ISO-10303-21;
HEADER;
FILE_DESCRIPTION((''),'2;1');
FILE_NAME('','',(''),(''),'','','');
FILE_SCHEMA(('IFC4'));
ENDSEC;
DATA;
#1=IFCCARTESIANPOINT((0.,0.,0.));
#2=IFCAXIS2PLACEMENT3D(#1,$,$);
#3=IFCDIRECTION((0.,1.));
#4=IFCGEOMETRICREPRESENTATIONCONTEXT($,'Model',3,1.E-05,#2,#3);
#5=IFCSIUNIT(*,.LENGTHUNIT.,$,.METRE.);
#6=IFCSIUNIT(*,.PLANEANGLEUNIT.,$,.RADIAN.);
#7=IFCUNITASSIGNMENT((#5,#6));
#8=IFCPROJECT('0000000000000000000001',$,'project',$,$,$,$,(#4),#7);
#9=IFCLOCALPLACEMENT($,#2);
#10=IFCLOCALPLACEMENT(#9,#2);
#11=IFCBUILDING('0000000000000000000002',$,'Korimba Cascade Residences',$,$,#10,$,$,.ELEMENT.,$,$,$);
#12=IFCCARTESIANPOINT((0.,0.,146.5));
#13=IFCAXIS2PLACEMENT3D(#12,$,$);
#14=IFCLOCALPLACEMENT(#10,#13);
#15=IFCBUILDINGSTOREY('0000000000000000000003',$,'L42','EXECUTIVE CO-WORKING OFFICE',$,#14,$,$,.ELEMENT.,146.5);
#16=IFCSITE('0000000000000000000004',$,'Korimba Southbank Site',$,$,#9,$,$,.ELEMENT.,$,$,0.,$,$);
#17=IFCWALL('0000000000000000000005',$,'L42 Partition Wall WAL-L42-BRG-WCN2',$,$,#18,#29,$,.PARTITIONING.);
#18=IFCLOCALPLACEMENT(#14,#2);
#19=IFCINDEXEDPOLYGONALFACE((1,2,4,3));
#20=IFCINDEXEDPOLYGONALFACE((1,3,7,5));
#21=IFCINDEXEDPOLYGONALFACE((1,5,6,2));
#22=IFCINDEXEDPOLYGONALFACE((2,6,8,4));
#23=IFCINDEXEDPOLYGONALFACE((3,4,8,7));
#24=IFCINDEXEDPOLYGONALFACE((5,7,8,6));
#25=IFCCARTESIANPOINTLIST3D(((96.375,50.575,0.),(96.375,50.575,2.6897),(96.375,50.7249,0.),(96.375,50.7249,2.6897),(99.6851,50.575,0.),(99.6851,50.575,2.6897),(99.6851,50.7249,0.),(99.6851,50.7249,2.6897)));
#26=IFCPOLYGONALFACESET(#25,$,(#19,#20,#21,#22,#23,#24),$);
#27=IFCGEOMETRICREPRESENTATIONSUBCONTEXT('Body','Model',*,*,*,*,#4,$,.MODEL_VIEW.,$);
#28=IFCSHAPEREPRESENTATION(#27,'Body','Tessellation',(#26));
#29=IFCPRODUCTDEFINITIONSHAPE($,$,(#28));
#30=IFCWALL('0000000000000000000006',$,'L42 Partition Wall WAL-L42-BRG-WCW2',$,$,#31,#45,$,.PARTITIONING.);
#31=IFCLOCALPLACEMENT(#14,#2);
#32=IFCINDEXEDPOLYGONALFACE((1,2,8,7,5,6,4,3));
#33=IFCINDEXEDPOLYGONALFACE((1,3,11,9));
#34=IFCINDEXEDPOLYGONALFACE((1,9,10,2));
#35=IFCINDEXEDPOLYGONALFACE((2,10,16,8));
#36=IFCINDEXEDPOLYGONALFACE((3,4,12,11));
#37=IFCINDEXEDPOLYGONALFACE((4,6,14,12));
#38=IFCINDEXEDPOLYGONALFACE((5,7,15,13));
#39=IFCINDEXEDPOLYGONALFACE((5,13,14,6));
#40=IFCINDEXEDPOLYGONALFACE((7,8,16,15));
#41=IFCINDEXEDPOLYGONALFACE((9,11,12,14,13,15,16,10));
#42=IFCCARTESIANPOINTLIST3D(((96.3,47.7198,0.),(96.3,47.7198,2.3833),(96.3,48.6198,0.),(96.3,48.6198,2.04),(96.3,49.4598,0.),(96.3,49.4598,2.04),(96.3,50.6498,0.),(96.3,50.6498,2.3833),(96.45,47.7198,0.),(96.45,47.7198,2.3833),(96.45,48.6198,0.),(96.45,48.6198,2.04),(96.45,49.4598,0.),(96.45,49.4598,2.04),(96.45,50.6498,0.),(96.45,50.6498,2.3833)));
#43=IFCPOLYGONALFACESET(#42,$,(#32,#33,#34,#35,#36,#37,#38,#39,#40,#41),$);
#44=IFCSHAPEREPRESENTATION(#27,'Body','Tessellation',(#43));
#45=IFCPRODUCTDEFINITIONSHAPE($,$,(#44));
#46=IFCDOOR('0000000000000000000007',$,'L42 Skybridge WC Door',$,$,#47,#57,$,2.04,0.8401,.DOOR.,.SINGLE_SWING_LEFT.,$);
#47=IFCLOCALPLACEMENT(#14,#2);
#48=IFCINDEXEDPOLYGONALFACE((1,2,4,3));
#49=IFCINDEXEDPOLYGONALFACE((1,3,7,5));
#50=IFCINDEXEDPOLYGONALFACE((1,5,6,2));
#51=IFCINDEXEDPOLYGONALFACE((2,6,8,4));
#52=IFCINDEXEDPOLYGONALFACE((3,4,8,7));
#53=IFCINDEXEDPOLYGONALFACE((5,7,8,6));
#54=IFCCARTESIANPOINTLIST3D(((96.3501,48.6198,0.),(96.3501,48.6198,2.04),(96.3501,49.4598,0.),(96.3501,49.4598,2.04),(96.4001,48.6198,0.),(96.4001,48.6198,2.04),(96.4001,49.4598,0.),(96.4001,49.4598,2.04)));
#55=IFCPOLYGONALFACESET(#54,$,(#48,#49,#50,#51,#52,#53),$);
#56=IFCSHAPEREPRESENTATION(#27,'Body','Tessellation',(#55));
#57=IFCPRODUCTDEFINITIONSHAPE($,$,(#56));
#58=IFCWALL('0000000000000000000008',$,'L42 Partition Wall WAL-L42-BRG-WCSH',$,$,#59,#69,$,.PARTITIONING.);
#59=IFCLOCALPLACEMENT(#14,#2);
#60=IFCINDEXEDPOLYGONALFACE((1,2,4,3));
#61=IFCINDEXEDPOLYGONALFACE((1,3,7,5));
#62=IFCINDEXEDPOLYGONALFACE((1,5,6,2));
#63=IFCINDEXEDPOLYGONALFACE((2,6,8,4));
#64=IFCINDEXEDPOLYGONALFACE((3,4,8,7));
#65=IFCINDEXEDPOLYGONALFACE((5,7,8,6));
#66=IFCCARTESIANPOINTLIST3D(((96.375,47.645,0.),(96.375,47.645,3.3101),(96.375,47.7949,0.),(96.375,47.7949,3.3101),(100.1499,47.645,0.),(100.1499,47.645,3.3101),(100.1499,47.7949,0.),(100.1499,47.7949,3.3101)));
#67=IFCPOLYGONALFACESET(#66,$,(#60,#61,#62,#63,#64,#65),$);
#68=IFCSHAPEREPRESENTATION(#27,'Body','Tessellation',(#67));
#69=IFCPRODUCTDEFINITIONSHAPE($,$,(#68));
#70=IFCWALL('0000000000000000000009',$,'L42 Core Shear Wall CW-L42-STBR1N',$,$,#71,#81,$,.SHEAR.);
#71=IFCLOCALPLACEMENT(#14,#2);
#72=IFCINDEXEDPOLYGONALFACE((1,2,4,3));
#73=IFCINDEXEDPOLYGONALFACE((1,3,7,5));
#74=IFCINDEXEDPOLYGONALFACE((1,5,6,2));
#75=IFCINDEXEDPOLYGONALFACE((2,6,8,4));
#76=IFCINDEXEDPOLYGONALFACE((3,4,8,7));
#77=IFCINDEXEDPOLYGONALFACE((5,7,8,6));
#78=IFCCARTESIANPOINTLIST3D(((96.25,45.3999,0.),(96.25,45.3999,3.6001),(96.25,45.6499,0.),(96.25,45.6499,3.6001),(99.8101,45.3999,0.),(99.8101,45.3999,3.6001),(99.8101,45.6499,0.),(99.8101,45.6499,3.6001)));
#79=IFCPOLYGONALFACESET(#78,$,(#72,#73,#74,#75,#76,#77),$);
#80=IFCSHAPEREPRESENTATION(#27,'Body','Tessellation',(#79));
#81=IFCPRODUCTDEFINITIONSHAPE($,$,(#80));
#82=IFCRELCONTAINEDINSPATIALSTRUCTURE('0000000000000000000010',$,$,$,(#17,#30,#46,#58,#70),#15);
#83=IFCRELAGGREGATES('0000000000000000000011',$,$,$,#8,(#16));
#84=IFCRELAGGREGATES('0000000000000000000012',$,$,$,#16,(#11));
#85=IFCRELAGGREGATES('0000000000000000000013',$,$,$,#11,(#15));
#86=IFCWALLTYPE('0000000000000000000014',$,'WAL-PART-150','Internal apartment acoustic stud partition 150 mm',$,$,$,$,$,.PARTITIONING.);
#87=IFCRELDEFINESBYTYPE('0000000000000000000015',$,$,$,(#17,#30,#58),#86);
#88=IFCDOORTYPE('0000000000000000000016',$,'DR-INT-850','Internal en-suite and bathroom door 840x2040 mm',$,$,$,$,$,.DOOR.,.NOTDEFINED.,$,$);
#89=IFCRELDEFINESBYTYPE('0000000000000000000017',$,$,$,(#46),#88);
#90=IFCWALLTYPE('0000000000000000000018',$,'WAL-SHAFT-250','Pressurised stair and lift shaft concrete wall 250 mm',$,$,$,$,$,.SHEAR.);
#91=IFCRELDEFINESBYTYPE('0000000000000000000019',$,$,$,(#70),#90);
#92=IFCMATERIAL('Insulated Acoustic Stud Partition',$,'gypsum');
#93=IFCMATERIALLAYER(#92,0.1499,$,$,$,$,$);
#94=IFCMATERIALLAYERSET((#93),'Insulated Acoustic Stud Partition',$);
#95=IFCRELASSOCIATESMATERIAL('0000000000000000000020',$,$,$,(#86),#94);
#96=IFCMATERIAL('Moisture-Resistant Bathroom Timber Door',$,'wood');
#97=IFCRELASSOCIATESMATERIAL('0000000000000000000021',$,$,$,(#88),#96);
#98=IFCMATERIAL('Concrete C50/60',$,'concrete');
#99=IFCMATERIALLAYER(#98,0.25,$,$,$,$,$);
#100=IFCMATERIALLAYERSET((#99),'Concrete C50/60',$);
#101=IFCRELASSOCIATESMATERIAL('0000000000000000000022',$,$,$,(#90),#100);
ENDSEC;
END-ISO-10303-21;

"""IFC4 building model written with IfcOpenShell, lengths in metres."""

from ifc_helpers import new_model, si_unit, direction, frame, frame_2d, origin, place, context, subcontext, project, spatial, rectangle, extrude, material, layer, layer_set, type_object, element, fill, save


model = new_model("IFC4")

# Units and contexts
model_context = context("Model", 3, precision=1e-05, world=origin(), true_north=direction((0.0, 1.0)))
body_context = subcontext(model_context, "Body", "Model", "MODEL_VIEW")
ifc_project = project(units=[si_unit("LENGTHUNIT", "METRE"), si_unit("PLANEANGLEUNIT", "RADIAN")], contexts=[model_context])

# Site, building, storey
site_placement = place(None, origin())
site = spatial("IfcSite", under=ifc_project, at=site_placement, Name="Korimba Southbank Site", CompositionType="ELEMENT", RefElevation=0.0)
building_placement = place(site_placement, origin())
building = spatial("IfcBuilding", under=site, at=building_placement, Name="Korimba Cascade Residences", CompositionType="ELEMENT")
storey_placement = place(building_placement, frame((0.0, 0.0, 146.5)))
storey = spatial("IfcBuildingStorey", under=building, at=storey_placement, Name="L42", Description="EXECUTIVE CO-WORKING OFFICE", CompositionType="ELEMENT", Elevation=146.5)

# Wall
ifc_material_1 = material(Name="Insulated Acoustic Stud Partition", Category="gypsum")
ifc_layer_1 = layer(ifc_material_1, 0.1499)
ifc_layer_set_1 = layer_set([ifc_layer_1], Name="Insulated Acoustic Stud Partition")
wall_type_1 = type_object("IfcWallType", Name="WAL-PART-150", Description="Internal apartment acoustic stud partition 150 mm", PredefinedType="PARTITIONING", material=ifc_layer_set_1)
wall_1_placement = place(storey_placement, frame((96.375, 50.6499, 0.0), z_axis=(0.0, 0.0, 1.0), x_axis=(1.0, 0.0, 0.0)))
element("IfcWall", 1, at=wall_1_placement, inside=storey, type_object=wall_type_1, Name="L42 Partition Wall WAL-L42-BRG-WCN2", PredefinedType="PARTITIONING", context=body_context, shape_type="SweptSolid", body=[
    extrude(rectangle(XDim=3.3101, YDim=0.1499, at=frame_2d((1.655, 0.0))), origin(), (0.0, 0.0, 1.0), 2.6897),
])

# Wall, opening, door
wall_2_placement = place(storey_placement, frame((96.375, 47.72, 0.0), z_axis=(0.0, 0.0, 1.0), x_axis=(0.0, 1.0, 0.0)))
wall_2 = element("IfcWall", 2, at=wall_2_placement, inside=storey, type_object=wall_type_1, Name="L42 Partition Wall WAL-L42-BRG-WCW2", PredefinedType="PARTITIONING", context=body_context, shape_type="SweptSolid", body=[
    extrude(rectangle(XDim=2.9299, YDim=0.1499, at=frame_2d((1.4648, 0.0))), origin(), (0.0, 0.0, 1.0), 2.3833),
])
opening_placement = place(wall_2_placement, frame((0.8999, 0.0, 0.0)))
opening = element("IfcOpeningElement", 3, at=opening_placement, cuts=wall_2, PredefinedType="OPENING", context=body_context, shape_type="SweptSolid", body=[
    extrude(rectangle(XDim=0.8401, YDim=2.04, at=frame_2d((0.4199, 1.02))), frame((0.0, 0.085, 0.0), z_axis=(0.0, -1.0, 0.0), x_axis=(1.0, 0.0, 0.0)), (0.0, 0.0, 1.0), 0.1699),
])
ifc_material_2 = material(Name="Moisture-Resistant Bathroom Timber Door", Category="wood")
door_type = type_object("IfcDoorType", Name="DR-INT-850", Description="Internal en-suite and bathroom door 840x2040 mm", OperationType="NOTDEFINED", PredefinedType="DOOR", material=ifc_material_2)
door_placement = place(opening_placement, origin())
door = element("IfcDoor", 4, at=door_placement, inside=storey, type_object=door_type, Name="L42 Skybridge WC Door", OperationType="SINGLE_SWING_LEFT", OverallHeight=2.04, OverallWidth=0.8401, PredefinedType="DOOR", context=body_context, shape_type="SweptSolid", body=[
    extrude(rectangle(XDim=0.8401, YDim=2.04, at=frame_2d((0.4199, 1.02))), frame((0.0, 0.0249, 0.0), z_axis=(0.0, -1.0, 0.0), x_axis=(1.0, 0.0, 0.0)), (0.0, 0.0, 1.0), 0.05),
])
fill(opening, door)

# Walls
wall_3_placement = place(storey_placement, frame((96.375, 47.72, 0.0), z_axis=(0.0, 0.0, 1.0), x_axis=(1.0, 0.0, 0.0)))
element("IfcWall", 5, at=wall_3_placement, inside=storey, type_object=wall_type_1, Name="L42 Partition Wall WAL-L42-BRG-WCSH", PredefinedType="PARTITIONING", context=body_context, shape_type="SweptSolid", body=[
    extrude(rectangle(XDim=3.7749, YDim=0.1499, at=frame_2d((1.8875, 0.0))), origin(), (0.0, 0.0, 1.0), 3.3101),
])
ifc_material_3 = material(Name="Concrete C50/60", Category="concrete")
ifc_layer_2 = layer(ifc_material_3, 0.25)
ifc_layer_set_2 = layer_set([ifc_layer_2], Name="Concrete C50/60")
wall_type_2 = type_object("IfcWallType", Name="WAL-SHAFT-250", Description="Pressurised stair and lift shaft concrete wall 250 mm", PredefinedType="SHEAR", material=ifc_layer_set_2)
wall_4_placement = place(storey_placement, frame((96.25, 45.5249, 0.0), z_axis=(0.0, 0.0, 1.0), x_axis=(1.0, 0.0, 0.0)))
element("IfcWall", 6, at=wall_4_placement, inside=storey, type_object=wall_type_2, Name="L42 Core Shear Wall CW-L42-STBR1N", PredefinedType="SHEAR", context=body_context, shape_type="SweptSolid", body=[
    extrude(rectangle(XDim=3.5601, YDim=0.25, at=frame_2d((1.78, 0.0))), origin(), (0.0, 0.0, 1.0), 3.6001),
])

save(model, "model.ifc")
